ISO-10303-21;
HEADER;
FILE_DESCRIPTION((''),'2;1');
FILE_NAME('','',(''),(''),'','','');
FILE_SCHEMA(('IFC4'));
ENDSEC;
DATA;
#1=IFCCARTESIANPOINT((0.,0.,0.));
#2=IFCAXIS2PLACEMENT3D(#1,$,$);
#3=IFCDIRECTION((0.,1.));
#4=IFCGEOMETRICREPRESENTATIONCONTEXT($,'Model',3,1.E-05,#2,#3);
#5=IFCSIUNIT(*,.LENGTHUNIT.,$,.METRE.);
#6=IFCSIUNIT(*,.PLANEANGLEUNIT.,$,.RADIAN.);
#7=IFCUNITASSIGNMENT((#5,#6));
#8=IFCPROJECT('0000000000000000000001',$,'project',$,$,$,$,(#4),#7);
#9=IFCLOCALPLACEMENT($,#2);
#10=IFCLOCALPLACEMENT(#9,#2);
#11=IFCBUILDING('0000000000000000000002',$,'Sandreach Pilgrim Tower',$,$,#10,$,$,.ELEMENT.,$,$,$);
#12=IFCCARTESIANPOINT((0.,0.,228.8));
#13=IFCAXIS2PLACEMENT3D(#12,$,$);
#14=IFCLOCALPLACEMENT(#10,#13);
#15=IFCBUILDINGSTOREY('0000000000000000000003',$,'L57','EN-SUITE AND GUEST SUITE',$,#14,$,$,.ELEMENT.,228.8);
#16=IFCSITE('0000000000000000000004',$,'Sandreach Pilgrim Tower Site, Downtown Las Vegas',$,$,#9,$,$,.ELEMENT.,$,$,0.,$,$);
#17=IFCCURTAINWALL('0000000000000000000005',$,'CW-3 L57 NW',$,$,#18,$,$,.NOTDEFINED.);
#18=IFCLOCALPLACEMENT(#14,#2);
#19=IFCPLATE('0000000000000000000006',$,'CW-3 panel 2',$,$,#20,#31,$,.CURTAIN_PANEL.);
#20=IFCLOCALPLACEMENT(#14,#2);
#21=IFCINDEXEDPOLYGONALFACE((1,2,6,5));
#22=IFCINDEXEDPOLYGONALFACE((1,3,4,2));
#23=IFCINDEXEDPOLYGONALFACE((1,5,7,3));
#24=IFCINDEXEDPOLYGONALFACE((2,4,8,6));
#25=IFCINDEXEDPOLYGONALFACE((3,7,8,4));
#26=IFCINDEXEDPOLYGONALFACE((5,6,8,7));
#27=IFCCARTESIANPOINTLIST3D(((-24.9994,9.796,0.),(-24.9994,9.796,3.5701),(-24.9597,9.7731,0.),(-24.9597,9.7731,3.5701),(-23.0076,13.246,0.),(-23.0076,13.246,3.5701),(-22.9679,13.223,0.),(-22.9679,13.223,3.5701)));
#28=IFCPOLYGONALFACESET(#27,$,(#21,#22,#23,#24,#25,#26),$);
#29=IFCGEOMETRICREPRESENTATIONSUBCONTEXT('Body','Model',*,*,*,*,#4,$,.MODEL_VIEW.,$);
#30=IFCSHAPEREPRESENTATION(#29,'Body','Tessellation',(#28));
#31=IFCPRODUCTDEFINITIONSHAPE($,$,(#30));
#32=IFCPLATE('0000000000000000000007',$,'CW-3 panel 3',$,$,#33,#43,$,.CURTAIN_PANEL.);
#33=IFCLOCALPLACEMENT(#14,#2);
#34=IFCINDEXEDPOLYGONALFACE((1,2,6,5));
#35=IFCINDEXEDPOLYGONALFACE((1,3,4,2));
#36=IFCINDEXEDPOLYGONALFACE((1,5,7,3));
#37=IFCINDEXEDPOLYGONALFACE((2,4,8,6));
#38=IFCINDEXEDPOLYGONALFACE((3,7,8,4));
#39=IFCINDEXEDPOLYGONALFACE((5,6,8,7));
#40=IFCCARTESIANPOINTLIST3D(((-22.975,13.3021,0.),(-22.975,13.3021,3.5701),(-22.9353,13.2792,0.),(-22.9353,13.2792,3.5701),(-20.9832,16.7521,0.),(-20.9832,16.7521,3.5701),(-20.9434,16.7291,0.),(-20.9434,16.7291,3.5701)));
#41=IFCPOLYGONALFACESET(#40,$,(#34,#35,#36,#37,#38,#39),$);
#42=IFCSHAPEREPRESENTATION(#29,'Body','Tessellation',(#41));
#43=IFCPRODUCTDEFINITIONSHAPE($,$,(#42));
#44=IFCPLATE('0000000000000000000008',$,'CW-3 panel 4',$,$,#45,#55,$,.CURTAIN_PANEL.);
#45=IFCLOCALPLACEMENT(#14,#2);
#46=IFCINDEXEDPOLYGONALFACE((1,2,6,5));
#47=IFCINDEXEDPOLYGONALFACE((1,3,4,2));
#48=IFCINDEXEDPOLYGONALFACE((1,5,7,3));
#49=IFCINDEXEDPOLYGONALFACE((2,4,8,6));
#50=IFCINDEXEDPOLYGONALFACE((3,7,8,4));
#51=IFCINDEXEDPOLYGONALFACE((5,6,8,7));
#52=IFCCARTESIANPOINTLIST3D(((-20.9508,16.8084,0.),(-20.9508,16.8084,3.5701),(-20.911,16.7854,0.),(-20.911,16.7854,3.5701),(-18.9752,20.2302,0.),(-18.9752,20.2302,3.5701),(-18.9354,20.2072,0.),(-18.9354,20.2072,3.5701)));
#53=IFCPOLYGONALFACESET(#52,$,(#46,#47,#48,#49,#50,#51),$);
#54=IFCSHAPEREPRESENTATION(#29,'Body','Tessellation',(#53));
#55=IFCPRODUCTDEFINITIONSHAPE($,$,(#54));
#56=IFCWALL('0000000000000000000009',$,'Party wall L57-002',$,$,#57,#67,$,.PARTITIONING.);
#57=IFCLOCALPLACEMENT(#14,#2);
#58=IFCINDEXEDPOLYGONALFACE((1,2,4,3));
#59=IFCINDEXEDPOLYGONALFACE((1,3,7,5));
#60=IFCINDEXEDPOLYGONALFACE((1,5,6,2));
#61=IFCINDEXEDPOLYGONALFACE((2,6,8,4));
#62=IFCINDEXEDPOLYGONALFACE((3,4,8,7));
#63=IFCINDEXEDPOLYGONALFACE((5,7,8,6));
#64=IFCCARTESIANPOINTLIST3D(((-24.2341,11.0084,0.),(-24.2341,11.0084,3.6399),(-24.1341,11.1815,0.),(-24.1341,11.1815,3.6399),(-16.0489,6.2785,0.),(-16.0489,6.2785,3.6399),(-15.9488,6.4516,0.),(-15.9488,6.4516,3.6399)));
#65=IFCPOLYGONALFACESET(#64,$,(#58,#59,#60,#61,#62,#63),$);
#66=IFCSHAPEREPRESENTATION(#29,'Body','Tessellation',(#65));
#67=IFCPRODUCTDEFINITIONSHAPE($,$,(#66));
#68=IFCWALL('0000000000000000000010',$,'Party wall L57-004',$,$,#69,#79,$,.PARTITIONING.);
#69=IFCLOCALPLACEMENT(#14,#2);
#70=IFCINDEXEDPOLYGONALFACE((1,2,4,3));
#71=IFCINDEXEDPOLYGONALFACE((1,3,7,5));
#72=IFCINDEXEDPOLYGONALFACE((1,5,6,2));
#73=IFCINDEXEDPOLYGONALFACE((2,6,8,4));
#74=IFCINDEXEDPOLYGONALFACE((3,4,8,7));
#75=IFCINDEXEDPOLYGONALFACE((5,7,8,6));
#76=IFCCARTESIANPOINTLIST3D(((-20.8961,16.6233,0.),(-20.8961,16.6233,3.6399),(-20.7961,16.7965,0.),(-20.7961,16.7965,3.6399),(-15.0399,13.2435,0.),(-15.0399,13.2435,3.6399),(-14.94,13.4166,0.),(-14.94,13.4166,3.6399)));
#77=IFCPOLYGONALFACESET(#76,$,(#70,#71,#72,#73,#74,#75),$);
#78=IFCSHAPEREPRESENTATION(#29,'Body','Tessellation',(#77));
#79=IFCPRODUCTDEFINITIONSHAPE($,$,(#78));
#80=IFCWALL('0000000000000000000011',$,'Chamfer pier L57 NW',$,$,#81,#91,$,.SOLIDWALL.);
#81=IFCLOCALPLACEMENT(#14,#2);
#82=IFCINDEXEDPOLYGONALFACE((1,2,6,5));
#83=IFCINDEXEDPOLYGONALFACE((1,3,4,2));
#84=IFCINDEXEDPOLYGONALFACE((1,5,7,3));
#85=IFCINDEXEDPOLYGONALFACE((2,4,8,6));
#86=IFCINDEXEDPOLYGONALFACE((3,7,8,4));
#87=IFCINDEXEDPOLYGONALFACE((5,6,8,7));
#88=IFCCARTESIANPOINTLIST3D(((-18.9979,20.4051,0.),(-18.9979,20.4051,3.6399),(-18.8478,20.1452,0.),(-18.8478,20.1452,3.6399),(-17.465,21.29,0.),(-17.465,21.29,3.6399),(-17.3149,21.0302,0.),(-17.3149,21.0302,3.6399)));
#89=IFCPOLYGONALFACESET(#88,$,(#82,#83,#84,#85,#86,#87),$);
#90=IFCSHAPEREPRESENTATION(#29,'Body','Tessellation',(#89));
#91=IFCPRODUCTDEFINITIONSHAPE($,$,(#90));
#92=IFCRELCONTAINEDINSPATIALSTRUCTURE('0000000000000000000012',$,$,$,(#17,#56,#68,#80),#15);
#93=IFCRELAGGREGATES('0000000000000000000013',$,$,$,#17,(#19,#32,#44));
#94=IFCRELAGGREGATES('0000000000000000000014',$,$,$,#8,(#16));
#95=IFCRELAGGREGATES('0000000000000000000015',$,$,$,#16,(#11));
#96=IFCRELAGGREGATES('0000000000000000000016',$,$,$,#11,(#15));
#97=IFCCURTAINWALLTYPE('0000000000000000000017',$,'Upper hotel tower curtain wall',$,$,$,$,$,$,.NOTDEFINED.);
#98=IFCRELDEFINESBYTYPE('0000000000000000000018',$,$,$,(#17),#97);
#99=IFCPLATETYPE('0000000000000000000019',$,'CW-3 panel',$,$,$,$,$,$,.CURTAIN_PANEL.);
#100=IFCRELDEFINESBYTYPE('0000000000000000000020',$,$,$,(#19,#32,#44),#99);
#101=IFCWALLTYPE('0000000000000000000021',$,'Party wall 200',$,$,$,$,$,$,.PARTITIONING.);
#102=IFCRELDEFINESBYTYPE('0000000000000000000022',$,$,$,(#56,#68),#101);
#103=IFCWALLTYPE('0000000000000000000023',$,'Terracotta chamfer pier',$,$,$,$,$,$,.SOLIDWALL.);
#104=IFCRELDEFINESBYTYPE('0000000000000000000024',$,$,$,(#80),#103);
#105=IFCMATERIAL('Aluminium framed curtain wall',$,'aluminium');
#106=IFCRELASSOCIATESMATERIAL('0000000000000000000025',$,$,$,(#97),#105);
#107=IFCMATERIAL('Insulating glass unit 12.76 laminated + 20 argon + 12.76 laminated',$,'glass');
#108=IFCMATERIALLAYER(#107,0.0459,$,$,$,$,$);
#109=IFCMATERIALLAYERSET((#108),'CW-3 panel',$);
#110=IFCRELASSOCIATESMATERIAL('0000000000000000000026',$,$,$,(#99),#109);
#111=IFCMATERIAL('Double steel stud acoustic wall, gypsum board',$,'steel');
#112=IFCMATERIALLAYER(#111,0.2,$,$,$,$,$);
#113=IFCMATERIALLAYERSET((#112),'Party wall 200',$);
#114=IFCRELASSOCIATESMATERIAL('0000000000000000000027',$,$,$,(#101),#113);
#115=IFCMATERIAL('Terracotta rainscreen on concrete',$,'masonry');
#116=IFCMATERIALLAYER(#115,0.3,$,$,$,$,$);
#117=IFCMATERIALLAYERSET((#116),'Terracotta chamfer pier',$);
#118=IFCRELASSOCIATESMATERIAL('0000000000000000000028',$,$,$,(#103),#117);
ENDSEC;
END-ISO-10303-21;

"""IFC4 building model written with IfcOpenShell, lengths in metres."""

from ifc_helpers import new_model, si_unit, direction, frame, frame_2d, origin, origin_2d, place, context, subcontext, project, spatial, rectangle, extrude, material, layer, layer_set, type_object, element, aggregate, save


model = new_model("IFC4")

# Units and contexts
model_context = context("Model", 3, precision=1e-05, world=origin(), true_north=direction((0.0, 1.0)))
body_context = subcontext(model_context, "Body", "Model", "MODEL_VIEW")
ifc_project = project(units=[si_unit("LENGTHUNIT", "METRE"), si_unit("PLANEANGLEUNIT", "RADIAN")], contexts=[model_context])

# Site, building, storey
site_placement = place(None, origin())
site = spatial("IfcSite", under=ifc_project, at=site_placement, Name="Sandreach Pilgrim Tower Site, Downtown Las Vegas", CompositionType="ELEMENT", RefElevation=0.0)
building_placement = place(site_placement, origin())
building = spatial("IfcBuilding", under=site, at=building_placement, Name="Sandreach Pilgrim Tower", CompositionType="ELEMENT")
storey_placement = place(building_placement, frame((0.0, 0.0, 228.8)))
storey = spatial("IfcBuildingStorey", under=building, at=storey_placement, Name="L57", Description="EN-SUITE AND GUEST SUITE", CompositionType="ELEMENT", Elevation=228.8)

# Shared definitions
ifc_material_1 = material(Name="Aluminium framed curtain wall", Category="aluminium")
curtain_wall_type = type_object("IfcCurtainWallType", Name="Upper hotel tower curtain wall", PredefinedType="NOTDEFINED", material=ifc_material_1)

# Curtain wall
curtain_wall_1_placement = place(storey_placement, origin())
curtain_wall_1 = element("IfcCurtainWall", 1, at=curtain_wall_1_placement, inside=storey, type_object=curtain_wall_type, Name="CW-3 L57 NW", PredefinedType="NOTDEFINED")

# Plates
ifc_material_2 = material(Name="Insulating glass unit 12.76 laminated + 20 argon + 12.76 laminated", Category="glass")
ifc_layer_1 = layer(ifc_material_2, 0.0459)
ifc_layer_set_1 = layer_set([ifc_layer_1], Name="CW-3 panel")
plate_type = type_object("IfcPlateType", Name="CW-3 panel", PredefinedType="CURTAIN_PANEL", material=ifc_layer_set_1)
plate_1_placement = place(storey_placement, frame((-23.9836, 11.5095, 0.0), z_axis=(0.0, 0.0, 1.0), x_axis=(0.5, 0.866025, 0.0)))
plate_1 = element("IfcPlate", 2, at=plate_1_placement, type_object=plate_type, Name="CW-3 panel 2", PredefinedType="CURTAIN_PANEL", context=body_context, shape_type="SweptSolid", body=[
    extrude(rectangle(XDim=3.9836, YDim=0.0459, at=origin_2d()), origin(), (0.0, 0.0, 1.0), 3.5701),
])
plate_2_placement = place(storey_placement, frame((-21.9592, 15.0156, 0.0), z_axis=(0.0, 0.0, 1.0), x_axis=(0.5, 0.866025, 0.0)))
plate_2 = element("IfcPlate", 3, at=plate_2_placement, type_object=plate_type, Name="CW-3 panel 3", PredefinedType="CURTAIN_PANEL", context=body_context, shape_type="SweptSolid", body=[
    extrude(rectangle(XDim=3.9836, YDim=0.0459, at=origin_2d()), origin(), (0.0, 0.0, 1.0), 3.5701),
])
plate_3_placement = place(storey_placement, frame((-19.9431, 18.5078, 0.0), z_axis=(0.0, 0.0, 1.0), x_axis=(0.5, 0.866025, 0.0)))
plate_3 = element("IfcPlate", 4, at=plate_3_placement, type_object=plate_type, Name="CW-3 panel 4", PredefinedType="CURTAIN_PANEL", context=body_context, shape_type="SweptSolid", body=[
    extrude(rectangle(XDim=3.9512, YDim=0.0459, at=origin_2d()), origin(), (0.0, 0.0, 1.0), 3.5701),
])
aggregate(curtain_wall_1, [plate_1, plate_2, plate_3])

# Walls
ifc_material_3 = material(Name="Double steel stud acoustic wall, gypsum board", Category="steel")
ifc_layer_2 = layer(ifc_material_3, 0.2)
ifc_layer_set_2 = layer_set([ifc_layer_2], Name="Party wall 200")
wall_type_1 = type_object("IfcWallType", Name="Party wall 200", PredefinedType="PARTITIONING", material=ifc_layer_set_2)
wall_1_placement = place(storey_placement, frame((-24.1841, 11.095, 0.0), z_axis=(0.0, 0.0, 1.0), x_axis=(0.865833, -0.500333, 0.0)))
element("IfcWall", 5, at=wall_1_placement, inside=storey, type_object=wall_type_1, Name="Party wall L57-002", PredefinedType="PARTITIONING", context=body_context, shape_type="SweptSolid", body=[
    extrude(rectangle(XDim=9.4536, YDim=0.2, at=frame_2d((4.7268, 0.0))), origin(), (0.0, 0.0, 1.0), 3.6399),
])
wall_2_placement = place(storey_placement, frame((-20.8462, 16.71, 0.0), z_axis=(0.0, 0.0, 1.0), x_axis=(0.866102, -0.499867, 0.0)))
element("IfcWall", 6, at=wall_2_placement, inside=storey, type_object=wall_type_1, Name="Party wall L57-004", PredefinedType="PARTITIONING", context=body_context, shape_type="SweptSolid", body=[
    extrude(rectangle(XDim=6.7615, YDim=0.2, at=frame_2d((3.3809, 0.0))), origin(), (0.0, 0.0, 1.0), 3.6399),
])
ifc_material_4 = material(Name="Terracotta rainscreen on concrete", Category="masonry")
ifc_layer_3 = layer(ifc_material_4, 0.3)
ifc_layer_set_3 = layer_set([ifc_layer_3], Name="Terracotta chamfer pier")
wall_type_2 = type_object("IfcWallType", Name="Terracotta chamfer pier", PredefinedType="SOLIDWALL", material=ifc_layer_set_3)
wall_3_placement = place(storey_placement, frame((-18.9229, 20.2751, 0.0), z_axis=(0.0, 0.0, 1.0), x_axis=(0.866036, 0.499981, 0.0)))
element("IfcWall", 7, at=wall_3_placement, inside=storey, type_object=wall_type_2, Name="Chamfer pier L57 NW", PredefinedType="SOLIDWALL", context=body_context, shape_type="SweptSolid", body=[
    extrude(rectangle(XDim=1.77, YDim=0.3, at=frame_2d((0.885, 0.0))), origin(), (0.0, 0.0, 1.0), 3.6399),
])

save(model, "model.ifc")
